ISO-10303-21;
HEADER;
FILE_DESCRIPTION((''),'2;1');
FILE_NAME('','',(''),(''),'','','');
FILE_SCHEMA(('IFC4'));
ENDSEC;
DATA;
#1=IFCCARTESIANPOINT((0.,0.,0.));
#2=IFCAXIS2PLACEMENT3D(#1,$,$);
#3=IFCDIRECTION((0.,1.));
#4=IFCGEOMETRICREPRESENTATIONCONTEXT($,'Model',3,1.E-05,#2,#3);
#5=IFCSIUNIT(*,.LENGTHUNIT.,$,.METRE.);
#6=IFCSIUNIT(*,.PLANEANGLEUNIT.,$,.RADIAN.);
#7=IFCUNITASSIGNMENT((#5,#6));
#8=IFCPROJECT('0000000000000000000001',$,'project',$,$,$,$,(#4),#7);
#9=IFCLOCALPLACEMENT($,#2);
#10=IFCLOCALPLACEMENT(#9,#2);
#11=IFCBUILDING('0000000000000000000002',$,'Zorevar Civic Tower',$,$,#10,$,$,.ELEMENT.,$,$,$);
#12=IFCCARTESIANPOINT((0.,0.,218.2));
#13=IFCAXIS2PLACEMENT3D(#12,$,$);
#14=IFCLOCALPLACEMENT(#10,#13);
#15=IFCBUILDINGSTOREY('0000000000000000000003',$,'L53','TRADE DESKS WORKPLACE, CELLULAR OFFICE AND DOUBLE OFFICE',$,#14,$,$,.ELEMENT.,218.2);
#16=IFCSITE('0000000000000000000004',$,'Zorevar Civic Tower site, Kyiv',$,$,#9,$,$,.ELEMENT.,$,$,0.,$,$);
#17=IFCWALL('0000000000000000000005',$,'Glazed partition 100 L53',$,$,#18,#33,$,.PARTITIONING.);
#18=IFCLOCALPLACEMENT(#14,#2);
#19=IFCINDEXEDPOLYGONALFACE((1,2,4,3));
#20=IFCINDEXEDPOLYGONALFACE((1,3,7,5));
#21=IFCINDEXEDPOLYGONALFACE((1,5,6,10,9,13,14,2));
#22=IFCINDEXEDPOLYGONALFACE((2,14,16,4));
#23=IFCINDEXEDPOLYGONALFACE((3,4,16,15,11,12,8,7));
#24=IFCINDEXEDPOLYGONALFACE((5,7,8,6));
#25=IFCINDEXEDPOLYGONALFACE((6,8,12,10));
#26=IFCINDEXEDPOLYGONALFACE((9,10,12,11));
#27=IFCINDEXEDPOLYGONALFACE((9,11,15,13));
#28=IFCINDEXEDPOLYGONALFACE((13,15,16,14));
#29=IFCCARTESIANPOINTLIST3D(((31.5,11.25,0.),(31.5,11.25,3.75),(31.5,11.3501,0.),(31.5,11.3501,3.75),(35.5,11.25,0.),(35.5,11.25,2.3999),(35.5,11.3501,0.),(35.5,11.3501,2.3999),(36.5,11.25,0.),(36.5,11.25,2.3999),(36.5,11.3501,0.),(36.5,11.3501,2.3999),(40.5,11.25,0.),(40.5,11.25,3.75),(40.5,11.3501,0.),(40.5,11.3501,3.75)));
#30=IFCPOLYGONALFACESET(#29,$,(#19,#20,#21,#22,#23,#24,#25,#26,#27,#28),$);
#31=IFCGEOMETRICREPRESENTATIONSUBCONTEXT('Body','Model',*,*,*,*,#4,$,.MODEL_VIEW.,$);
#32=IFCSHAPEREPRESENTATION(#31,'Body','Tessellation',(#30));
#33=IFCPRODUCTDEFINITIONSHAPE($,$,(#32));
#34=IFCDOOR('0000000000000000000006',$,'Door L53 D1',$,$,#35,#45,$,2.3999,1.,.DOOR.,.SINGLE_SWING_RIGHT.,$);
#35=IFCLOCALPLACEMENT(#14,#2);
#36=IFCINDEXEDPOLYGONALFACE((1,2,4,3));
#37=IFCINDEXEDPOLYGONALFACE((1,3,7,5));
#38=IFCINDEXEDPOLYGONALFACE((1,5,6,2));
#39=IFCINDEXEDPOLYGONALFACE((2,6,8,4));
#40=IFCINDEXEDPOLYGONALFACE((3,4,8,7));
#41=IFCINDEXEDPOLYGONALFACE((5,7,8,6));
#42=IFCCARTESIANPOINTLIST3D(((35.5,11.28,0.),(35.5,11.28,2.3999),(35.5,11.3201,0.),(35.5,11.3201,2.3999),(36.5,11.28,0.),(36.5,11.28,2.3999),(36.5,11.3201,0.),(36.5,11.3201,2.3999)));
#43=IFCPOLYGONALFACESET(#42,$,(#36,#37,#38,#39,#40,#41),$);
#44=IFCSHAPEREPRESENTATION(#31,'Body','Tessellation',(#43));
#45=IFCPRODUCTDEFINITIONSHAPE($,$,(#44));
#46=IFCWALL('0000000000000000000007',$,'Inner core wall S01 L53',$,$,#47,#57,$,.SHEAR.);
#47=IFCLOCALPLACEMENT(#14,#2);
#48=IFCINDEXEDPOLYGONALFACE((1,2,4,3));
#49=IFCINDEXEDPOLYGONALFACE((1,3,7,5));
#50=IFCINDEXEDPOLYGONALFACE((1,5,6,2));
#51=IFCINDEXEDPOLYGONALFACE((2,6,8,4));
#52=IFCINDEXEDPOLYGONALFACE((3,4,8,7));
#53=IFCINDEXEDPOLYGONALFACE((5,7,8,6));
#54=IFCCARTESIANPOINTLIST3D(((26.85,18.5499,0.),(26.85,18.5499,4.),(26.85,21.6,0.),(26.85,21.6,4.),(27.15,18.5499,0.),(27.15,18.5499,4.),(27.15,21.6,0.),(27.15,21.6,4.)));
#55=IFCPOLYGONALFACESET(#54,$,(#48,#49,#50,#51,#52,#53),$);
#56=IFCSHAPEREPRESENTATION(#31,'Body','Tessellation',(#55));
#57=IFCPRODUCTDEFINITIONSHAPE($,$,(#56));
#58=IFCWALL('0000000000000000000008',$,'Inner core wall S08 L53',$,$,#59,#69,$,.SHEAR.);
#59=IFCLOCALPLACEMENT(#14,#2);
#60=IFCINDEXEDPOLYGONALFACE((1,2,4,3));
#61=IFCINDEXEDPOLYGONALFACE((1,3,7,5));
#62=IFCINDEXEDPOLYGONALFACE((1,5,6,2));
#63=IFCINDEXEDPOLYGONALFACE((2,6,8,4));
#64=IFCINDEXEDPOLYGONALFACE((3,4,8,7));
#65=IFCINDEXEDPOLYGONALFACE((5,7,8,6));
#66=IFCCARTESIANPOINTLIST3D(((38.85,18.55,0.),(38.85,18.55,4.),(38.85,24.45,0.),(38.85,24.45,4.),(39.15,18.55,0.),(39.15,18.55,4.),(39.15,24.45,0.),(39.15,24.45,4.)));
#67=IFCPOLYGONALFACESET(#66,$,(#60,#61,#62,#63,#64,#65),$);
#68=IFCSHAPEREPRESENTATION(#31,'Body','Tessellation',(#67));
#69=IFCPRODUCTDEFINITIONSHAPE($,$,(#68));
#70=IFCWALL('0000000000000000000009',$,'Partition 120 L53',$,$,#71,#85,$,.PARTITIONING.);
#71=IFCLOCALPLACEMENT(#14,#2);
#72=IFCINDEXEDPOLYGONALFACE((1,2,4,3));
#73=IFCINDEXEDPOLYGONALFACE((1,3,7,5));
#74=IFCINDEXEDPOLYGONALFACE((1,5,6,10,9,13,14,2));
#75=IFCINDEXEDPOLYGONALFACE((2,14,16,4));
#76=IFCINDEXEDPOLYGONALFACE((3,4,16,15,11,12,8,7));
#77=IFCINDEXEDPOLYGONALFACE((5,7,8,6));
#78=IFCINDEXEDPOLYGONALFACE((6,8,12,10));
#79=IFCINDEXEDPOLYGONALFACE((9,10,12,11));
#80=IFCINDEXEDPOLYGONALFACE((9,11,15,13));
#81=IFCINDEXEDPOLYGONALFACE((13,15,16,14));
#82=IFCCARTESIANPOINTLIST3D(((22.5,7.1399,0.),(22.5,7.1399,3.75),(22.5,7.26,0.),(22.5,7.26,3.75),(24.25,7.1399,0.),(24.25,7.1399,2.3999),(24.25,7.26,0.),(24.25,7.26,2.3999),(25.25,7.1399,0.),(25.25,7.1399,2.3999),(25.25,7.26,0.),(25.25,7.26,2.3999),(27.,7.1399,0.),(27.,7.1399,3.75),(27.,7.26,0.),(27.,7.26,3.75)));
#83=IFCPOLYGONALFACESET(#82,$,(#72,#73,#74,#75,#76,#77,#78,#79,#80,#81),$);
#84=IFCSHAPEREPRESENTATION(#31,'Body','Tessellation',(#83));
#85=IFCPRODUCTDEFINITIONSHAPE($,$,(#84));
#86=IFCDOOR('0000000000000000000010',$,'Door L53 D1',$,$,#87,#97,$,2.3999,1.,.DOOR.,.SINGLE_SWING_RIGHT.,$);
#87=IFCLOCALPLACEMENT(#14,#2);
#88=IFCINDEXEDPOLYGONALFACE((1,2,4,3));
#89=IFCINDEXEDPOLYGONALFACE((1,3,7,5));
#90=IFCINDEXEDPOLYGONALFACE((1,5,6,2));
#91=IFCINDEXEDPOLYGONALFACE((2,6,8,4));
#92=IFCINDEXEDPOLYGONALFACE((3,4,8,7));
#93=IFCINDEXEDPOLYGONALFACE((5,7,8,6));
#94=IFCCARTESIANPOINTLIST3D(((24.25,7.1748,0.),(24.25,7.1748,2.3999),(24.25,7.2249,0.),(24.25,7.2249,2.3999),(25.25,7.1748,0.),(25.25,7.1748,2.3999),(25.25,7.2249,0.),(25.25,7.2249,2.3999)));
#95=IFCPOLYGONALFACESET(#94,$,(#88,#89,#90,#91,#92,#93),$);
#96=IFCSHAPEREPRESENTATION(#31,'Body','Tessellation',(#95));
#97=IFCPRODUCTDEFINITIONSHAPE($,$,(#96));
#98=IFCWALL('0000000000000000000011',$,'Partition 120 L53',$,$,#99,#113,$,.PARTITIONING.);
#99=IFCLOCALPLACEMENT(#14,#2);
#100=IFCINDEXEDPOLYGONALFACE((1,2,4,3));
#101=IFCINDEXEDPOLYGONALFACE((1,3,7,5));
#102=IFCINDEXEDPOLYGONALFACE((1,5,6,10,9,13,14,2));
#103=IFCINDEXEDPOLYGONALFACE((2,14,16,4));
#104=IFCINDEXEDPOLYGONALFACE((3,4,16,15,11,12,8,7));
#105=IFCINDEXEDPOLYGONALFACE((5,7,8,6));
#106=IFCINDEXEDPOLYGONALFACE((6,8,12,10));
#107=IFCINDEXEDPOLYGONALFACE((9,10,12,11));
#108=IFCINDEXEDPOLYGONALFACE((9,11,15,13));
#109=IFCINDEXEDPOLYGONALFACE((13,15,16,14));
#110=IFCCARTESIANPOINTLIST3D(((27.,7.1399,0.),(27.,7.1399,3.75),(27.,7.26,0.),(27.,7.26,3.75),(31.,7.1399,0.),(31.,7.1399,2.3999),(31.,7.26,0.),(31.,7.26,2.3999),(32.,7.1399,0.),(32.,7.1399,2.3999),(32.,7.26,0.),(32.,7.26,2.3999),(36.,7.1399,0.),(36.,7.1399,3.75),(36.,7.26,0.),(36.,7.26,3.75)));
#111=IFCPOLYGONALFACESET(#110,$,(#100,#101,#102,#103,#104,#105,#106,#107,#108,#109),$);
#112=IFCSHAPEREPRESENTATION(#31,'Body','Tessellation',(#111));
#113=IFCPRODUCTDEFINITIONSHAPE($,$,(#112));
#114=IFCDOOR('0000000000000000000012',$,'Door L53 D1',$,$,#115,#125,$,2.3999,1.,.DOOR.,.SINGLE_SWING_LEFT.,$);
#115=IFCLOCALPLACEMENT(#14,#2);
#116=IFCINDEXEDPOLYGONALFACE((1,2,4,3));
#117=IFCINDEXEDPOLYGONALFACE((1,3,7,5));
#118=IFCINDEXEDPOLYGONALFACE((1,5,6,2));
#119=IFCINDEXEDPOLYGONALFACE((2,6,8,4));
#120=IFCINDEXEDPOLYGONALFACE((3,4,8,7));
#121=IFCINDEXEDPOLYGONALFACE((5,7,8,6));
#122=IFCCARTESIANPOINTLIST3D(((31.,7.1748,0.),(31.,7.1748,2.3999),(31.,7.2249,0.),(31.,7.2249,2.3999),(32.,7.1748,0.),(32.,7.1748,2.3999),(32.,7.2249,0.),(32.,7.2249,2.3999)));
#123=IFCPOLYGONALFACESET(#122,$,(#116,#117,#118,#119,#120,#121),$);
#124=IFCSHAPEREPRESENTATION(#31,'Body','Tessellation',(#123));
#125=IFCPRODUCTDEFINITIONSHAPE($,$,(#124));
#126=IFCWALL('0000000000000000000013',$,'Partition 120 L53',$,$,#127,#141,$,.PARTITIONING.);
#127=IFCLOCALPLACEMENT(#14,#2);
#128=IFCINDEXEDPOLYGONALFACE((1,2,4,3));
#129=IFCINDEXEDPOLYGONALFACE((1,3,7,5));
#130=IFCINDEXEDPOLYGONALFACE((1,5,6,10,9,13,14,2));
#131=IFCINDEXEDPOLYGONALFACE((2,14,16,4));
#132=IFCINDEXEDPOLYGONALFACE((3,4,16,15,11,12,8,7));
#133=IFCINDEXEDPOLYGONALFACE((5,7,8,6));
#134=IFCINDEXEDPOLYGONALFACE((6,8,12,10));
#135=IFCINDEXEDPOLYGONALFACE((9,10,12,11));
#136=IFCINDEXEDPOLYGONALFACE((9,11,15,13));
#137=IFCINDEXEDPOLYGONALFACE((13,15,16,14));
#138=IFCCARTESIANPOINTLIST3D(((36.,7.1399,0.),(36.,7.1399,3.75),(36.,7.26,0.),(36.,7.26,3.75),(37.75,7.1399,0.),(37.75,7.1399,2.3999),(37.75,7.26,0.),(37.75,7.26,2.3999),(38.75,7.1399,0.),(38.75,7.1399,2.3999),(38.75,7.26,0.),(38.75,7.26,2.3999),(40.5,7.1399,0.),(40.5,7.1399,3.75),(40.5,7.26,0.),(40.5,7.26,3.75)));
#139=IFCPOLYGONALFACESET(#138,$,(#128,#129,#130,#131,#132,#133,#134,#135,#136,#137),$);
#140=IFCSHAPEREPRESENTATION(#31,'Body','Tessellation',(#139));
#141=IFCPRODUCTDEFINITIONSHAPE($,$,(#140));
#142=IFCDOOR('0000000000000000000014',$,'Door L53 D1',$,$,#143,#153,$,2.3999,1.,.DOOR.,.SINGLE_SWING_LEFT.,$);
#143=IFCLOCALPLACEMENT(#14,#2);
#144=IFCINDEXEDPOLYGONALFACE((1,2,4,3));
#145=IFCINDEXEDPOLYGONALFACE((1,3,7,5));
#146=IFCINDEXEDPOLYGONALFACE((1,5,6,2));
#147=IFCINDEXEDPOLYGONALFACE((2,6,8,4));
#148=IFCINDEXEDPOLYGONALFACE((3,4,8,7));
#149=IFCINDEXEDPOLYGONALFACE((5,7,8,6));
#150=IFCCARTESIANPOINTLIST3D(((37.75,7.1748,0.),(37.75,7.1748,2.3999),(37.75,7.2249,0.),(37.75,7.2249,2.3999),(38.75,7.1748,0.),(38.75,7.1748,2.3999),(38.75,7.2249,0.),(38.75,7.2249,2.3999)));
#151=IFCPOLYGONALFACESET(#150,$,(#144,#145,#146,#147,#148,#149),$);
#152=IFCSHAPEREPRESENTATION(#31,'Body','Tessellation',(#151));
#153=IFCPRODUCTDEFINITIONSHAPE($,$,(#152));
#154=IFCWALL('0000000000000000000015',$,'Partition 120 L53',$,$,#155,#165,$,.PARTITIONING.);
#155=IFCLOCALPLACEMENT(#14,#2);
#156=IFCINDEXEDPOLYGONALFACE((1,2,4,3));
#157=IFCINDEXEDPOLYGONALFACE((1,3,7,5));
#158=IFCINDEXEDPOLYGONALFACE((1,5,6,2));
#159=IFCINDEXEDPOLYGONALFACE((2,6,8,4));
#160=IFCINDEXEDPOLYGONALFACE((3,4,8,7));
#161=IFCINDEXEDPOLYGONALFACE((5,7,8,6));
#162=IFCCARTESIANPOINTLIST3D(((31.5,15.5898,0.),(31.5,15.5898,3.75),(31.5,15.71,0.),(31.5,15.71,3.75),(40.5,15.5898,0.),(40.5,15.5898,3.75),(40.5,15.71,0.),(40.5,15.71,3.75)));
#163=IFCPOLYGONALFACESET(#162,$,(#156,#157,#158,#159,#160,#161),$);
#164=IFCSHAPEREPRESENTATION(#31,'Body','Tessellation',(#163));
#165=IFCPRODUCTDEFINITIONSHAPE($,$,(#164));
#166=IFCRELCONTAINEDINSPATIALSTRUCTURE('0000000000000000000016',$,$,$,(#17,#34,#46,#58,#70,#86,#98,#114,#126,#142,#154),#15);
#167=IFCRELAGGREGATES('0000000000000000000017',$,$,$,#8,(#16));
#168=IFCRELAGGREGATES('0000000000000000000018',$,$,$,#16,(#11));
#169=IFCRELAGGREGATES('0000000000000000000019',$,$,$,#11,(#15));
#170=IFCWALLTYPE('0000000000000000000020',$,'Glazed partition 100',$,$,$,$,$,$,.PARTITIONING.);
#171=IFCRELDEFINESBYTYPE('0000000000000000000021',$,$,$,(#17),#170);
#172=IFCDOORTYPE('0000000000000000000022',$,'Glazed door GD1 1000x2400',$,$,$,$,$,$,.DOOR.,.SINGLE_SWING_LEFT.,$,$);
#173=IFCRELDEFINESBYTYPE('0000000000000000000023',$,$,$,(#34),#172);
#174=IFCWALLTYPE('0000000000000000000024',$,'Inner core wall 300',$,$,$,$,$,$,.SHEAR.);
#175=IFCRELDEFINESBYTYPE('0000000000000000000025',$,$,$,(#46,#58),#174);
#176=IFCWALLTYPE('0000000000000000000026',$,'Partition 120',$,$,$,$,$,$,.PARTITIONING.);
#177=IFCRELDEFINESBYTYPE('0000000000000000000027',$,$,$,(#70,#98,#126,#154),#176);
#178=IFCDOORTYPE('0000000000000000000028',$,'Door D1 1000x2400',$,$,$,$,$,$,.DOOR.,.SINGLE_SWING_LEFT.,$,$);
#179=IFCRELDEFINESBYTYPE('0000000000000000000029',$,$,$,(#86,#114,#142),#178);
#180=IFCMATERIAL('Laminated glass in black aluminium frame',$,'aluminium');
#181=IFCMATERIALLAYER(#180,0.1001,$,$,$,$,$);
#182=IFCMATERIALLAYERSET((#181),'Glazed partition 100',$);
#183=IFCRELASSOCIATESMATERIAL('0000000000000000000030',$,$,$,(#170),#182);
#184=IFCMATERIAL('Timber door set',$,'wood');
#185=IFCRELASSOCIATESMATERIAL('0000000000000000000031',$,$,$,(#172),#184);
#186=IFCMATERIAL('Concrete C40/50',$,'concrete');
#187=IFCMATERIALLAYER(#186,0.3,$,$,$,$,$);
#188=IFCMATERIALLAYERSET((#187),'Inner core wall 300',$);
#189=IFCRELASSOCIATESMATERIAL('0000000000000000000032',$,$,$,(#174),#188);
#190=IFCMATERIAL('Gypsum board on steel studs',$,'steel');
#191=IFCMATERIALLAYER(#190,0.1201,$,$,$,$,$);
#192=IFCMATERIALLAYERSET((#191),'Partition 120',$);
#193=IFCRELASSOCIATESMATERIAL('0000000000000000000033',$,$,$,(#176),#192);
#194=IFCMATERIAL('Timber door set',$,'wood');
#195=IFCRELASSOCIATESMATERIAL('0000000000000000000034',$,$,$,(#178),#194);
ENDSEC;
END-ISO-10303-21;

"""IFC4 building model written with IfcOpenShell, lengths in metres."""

from ifc_helpers import new_model, si_unit, direction, frame, frame_2d, origin, place, context, subcontext, project, spatial, rectangle, extrude, material, layer, layer_set, type_object, element, fill, save


model = new_model("IFC4")

# Units and contexts
model_context = context("Model", 3, precision=1e-05, world=origin(), true_north=direction((0.0, 1.0)))
body_context = subcontext(model_context, "Body", "Model", "MODEL_VIEW")
ifc_project = project(units=[si_unit("LENGTHUNIT", "METRE"), si_unit("PLANEANGLEUNIT", "RADIAN")], contexts=[model_context])

# Site, building, storey
site_placement = place(None, origin())
site = spatial("IfcSite", under=ifc_project, at=site_placement, Name="Zorevar Civic Tower site, Kyiv", CompositionType="ELEMENT", RefElevation=0.0)
building_placement = place(site_placement, origin())
building = spatial("IfcBuilding", under=site, at=building_placement, Name="Zorevar Civic Tower", CompositionType="ELEMENT")
storey_placement = place(building_placement, frame((0.0, 0.0, 218.2)))
storey = spatial("IfcBuildingStorey", under=building, at=storey_placement, Name="L53", Description="TRADE DESKS WORKPLACE, CELLULAR OFFICE AND DOUBLE OFFICE", CompositionType="ELEMENT", Elevation=218.2)

# Wall, opening, door
ifc_material_1 = material(Name="Laminated glass in black aluminium frame", Category="aluminium")
ifc_layer_1 = layer(ifc_material_1, 0.1001)
ifc_layer_set_1 = layer_set([ifc_layer_1], Name="Glazed partition 100")
wall_type_1 = type_object("IfcWallType", Name="Glazed partition 100", PredefinedType="PARTITIONING", material=ifc_layer_set_1)
wall_1_placement = place(storey_placement, frame((31.5, 11.3, 0.0), z_axis=(0.0, 0.0, 1.0), x_axis=(1.0, 0.0, 0.0)))
wall_1 = element("IfcWall", 1, at=wall_1_placement, inside=storey, type_object=wall_type_1, Name="Glazed partition 100 L53", PredefinedType="PARTITIONING", context=body_context, shape_type="SweptSolid", body=[
    extrude(rectangle(XDim=9.0, YDim=0.1001, at=frame_2d((4.5, 0.0))), origin(), (0.0, 0.0, 1.0), 3.75),
])
opening_1_placement = place(wall_1_placement, frame((4.0, 0.0, 0.0)))
opening_1 = element("IfcOpeningElement", 2, at=opening_1_placement, cuts=wall_1, PredefinedType="OPENING", context=body_context, shape_type="SweptSolid", body=[
    extrude(rectangle(XDim=1.0, YDim=2.3999, at=frame_2d((0.5, 1.2))), frame((0.0, 0.0601, 0.0), z_axis=(0.0, -1.0, 0.0), x_axis=(1.0, 0.0, 0.0)), (0.0, 0.0, 1.0), 0.1201),
])
ifc_material_2 = material(Name="Timber door set", Category="wood")
door_type_1 = type_object("IfcDoorType", Name="Glazed door GD1 1000x2400", OperationType="SINGLE_SWING_LEFT", PredefinedType="DOOR", material=ifc_material_2)
door_1_placement = place(opening_1_placement, origin())
door_1 = element("IfcDoor", 3, at=door_1_placement, inside=storey, type_object=door_type_1, Name="Door L53 D1", OperationType="SINGLE_SWING_RIGHT", OverallHeight=2.3999, OverallWidth=1.0, PredefinedType="DOOR", context=body_context, shape_type="SweptSolid", body=[
    extrude(rectangle(XDim=1.0, YDim=2.3999, at=frame_2d((0.5, 1.2))), frame((0.0, 0.02, 0.0), z_axis=(0.0, -1.0, 0.0), x_axis=(1.0, 0.0, 0.0)), (0.0, 0.0, 1.0), 0.04),
])
fill(opening_1, door_1)

# Walls
ifc_material_3 = material(Name="Concrete C40/50", Category="concrete")
ifc_layer_2 = layer(ifc_material_3, 0.3)
ifc_layer_set_2 = layer_set([ifc_layer_2], Name="Inner core wall 300")
wall_type_2 = type_object("IfcWallType", Name="Inner core wall 300", PredefinedType="SHEAR", material=ifc_layer_set_2)
wall_2_placement = place(storey_placement, frame((27.0, 18.55, 0.0), z_axis=(0.0, 0.0, 1.0), x_axis=(0.0, 1.0, 0.0)))
element("IfcWall", 4, at=wall_2_placement, inside=storey, type_object=wall_type_2, Name="Inner core wall S01 L53", PredefinedType="SHEAR", context=body_context, shape_type="SweptSolid", body=[
    extrude(rectangle(XDim=3.05, YDim=0.3, at=frame_2d((1.5249, 0.0))), origin(), (0.0, 0.0, 1.0), 4.0),
])
wall_3_placement = place(storey_placement, frame((39.0, 18.55, 0.0), z_axis=(0.0, 0.0, 1.0), x_axis=(0.0, 1.0, 0.0)))
element("IfcWall", 5, at=wall_3_placement, inside=storey, type_object=wall_type_2, Name="Inner core wall S08 L53", PredefinedType="SHEAR", context=body_context, shape_type="SweptSolid", body=[
    extrude(rectangle(XDim=5.8999, YDim=0.3, at=frame_2d((2.95, 0.0))), origin(), (0.0, 0.0, 1.0), 4.0),
])

# Walls, openings, doors
ifc_material_4 = material(Name="Gypsum board on steel studs", Category="steel")
ifc_layer_3 = layer(ifc_material_4, 0.1201)
ifc_layer_set_3 = layer_set([ifc_layer_3], Name="Partition 120")
wall_type_3 = type_object("IfcWallType", Name="Partition 120", PredefinedType="PARTITIONING", material=ifc_layer_set_3)
wall_4_placement = place(storey_placement, frame((22.5, 7.2, 0.0), z_axis=(0.0, 0.0, 1.0), x_axis=(1.0, 0.0, 0.0)))
wall_4 = element("IfcWall", 6, at=wall_4_placement, inside=storey, type_object=wall_type_3, Name="Partition 120 L53", PredefinedType="PARTITIONING", context=body_context, shape_type="SweptSolid", body=[
    extrude(rectangle(XDim=4.5, YDim=0.1201, at=frame_2d((2.25, 0.0))), origin(), (0.0, 0.0, 1.0), 3.75),
])
opening_2_placement = place(wall_4_placement, frame((1.75, 0.0, 0.0)))
opening_2 = element("IfcOpeningElement", 7, at=opening_2_placement, cuts=wall_4, PredefinedType="OPENING", context=body_context, shape_type="SweptSolid", body=[
    extrude(rectangle(XDim=1.0, YDim=2.3999, at=frame_2d((0.5, 1.2))), frame((0.0, 0.0701, 0.0), z_axis=(0.0, -1.0, 0.0), x_axis=(1.0, 0.0, 0.0)), (0.0, 0.0, 1.0), 0.1401),
])
ifc_material_5 = material(Name="Timber door set", Category="wood")
door_type_2 = type_object("IfcDoorType", Name="Door D1 1000x2400", OperationType="SINGLE_SWING_LEFT", PredefinedType="DOOR", material=ifc_material_5)
door_2_placement = place(opening_2_placement, origin())
door_2 = element("IfcDoor", 8, at=door_2_placement, inside=storey, type_object=door_type_2, Name="Door L53 D1", OperationType="SINGLE_SWING_RIGHT", OverallHeight=2.3999, OverallWidth=1.0, PredefinedType="DOOR", context=body_context, shape_type="SweptSolid", body=[
    extrude(rectangle(XDim=1.0, YDim=2.3999, at=frame_2d((0.5, 1.2))), frame((0.0, 0.0249, 0.0), z_axis=(0.0, -1.0, 0.0), x_axis=(1.0, 0.0, 0.0)), (0.0, 0.0, 1.0), 0.05),
])
fill(opening_2, door_2)
wall_5_placement = place(storey_placement, frame((27.0, 7.2, 0.0), z_axis=(0.0, 0.0, 1.0), x_axis=(1.0, 0.0, 0.0)))
wall_5 = element("IfcWall", 9, at=wall_5_placement, inside=storey, type_object=wall_type_3, Name="Partition 120 L53", PredefinedType="PARTITIONING", context=body_context, shape_type="SweptSolid", body=[
    extrude(rectangle(XDim=9.0, YDim=0.1201, at=frame_2d((4.5, 0.0))), origin(), (0.0, 0.0, 1.0), 3.75),
])
opening_3_placement = place(wall_5_placement, frame((4.0, 0.0, 0.0)))
opening_3 = element("IfcOpeningElement", 10, at=opening_3_placement, cuts=wall_5, PredefinedType="OPENING", context=body_context, shape_type="SweptSolid", body=[
    extrude(rectangle(XDim=1.0, YDim=2.3999, at=frame_2d((0.5, 1.2))), frame((0.0, 0.0701, 0.0), z_axis=(0.0, -1.0, 0.0), x_axis=(1.0, 0.0, 0.0)), (0.0, 0.0, 1.0), 0.1401),
])
door_3_placement = place(opening_3_placement, origin())
door_3 = element("IfcDoor", 11, at=door_3_placement, inside=storey, type_object=door_type_2, Name="Door L53 D1", OperationType="SINGLE_SWING_LEFT", OverallHeight=2.3999, OverallWidth=1.0, PredefinedType="DOOR", context=body_context, shape_type="SweptSolid", body=[
    extrude(rectangle(XDim=1.0, YDim=2.3999, at=frame_2d((0.5, 1.2))), frame((0.0, 0.0249, 0.0), z_axis=(0.0, -1.0, 0.0), x_axis=(1.0, 0.0, 0.0)), (0.0, 0.0, 1.0), 0.05),
])
fill(opening_3, door_3)
wall_6_placement = place(storey_placement, frame((36.0, 7.2, 0.0), z_axis=(0.0, 0.0, 1.0), x_axis=(1.0, 0.0, 0.0)))
wall_6 = element("IfcWall", 12, at=wall_6_placement, inside=storey, type_object=wall_type_3, Name="Partition 120 L53", PredefinedType="PARTITIONING", context=body_context, shape_type="SweptSolid", body=[
    extrude(rectangle(XDim=4.5, YDim=0.1201, at=frame_2d((2.25, 0.0))), origin(), (0.0, 0.0, 1.0), 3.75),
])
opening_4_placement = place(wall_6_placement, frame((1.75, 0.0, 0.0)))
opening_4 = element("IfcOpeningElement", 13, at=opening_4_placement, cuts=wall_6, PredefinedType="OPENING", context=body_context, shape_type="SweptSolid", body=[
    extrude(rectangle(XDim=1.0, YDim=2.3999, at=frame_2d((0.5, 1.2))), frame((0.0, 0.0701, 0.0), z_axis=(0.0, -1.0, 0.0), x_axis=(1.0, 0.0, 0.0)), (0.0, 0.0, 1.0), 0.1401),
])
door_4_placement = place(opening_4_placement, origin())
door_4 = element("IfcDoor", 14, at=door_4_placement, inside=storey, type_object=door_type_2, Name="Door L53 D1", OperationType="SINGLE_SWING_LEFT", OverallHeight=2.3999, OverallWidth=1.0, PredefinedType="DOOR", context=body_context, shape_type="SweptSolid", body=[
    extrude(rectangle(XDim=1.0, YDim=2.3999, at=frame_2d((0.5, 1.2))), frame((0.0, 0.0249, 0.0), z_axis=(0.0, -1.0, 0.0), x_axis=(1.0, 0.0, 0.0)), (0.0, 0.0, 1.0), 0.05),
])
fill(opening_4, door_4)

# Wall
wall_7_placement = place(storey_placement, frame((31.5, 15.6499, 0.0), z_axis=(0.0, 0.0, 1.0), x_axis=(1.0, 0.0, 0.0)))
element("IfcWall", 15, at=wall_7_placement, inside=storey, type_object=wall_type_3, Name="Partition 120 L53", PredefinedType="PARTITIONING", context=body_context, shape_type="SweptSolid", body=[
    extrude(rectangle(XDim=9.0, YDim=0.1201, at=frame_2d((4.5, 0.0))), origin(), (0.0, 0.0, 1.0), 3.75),
])

save(model, "model.ifc")
